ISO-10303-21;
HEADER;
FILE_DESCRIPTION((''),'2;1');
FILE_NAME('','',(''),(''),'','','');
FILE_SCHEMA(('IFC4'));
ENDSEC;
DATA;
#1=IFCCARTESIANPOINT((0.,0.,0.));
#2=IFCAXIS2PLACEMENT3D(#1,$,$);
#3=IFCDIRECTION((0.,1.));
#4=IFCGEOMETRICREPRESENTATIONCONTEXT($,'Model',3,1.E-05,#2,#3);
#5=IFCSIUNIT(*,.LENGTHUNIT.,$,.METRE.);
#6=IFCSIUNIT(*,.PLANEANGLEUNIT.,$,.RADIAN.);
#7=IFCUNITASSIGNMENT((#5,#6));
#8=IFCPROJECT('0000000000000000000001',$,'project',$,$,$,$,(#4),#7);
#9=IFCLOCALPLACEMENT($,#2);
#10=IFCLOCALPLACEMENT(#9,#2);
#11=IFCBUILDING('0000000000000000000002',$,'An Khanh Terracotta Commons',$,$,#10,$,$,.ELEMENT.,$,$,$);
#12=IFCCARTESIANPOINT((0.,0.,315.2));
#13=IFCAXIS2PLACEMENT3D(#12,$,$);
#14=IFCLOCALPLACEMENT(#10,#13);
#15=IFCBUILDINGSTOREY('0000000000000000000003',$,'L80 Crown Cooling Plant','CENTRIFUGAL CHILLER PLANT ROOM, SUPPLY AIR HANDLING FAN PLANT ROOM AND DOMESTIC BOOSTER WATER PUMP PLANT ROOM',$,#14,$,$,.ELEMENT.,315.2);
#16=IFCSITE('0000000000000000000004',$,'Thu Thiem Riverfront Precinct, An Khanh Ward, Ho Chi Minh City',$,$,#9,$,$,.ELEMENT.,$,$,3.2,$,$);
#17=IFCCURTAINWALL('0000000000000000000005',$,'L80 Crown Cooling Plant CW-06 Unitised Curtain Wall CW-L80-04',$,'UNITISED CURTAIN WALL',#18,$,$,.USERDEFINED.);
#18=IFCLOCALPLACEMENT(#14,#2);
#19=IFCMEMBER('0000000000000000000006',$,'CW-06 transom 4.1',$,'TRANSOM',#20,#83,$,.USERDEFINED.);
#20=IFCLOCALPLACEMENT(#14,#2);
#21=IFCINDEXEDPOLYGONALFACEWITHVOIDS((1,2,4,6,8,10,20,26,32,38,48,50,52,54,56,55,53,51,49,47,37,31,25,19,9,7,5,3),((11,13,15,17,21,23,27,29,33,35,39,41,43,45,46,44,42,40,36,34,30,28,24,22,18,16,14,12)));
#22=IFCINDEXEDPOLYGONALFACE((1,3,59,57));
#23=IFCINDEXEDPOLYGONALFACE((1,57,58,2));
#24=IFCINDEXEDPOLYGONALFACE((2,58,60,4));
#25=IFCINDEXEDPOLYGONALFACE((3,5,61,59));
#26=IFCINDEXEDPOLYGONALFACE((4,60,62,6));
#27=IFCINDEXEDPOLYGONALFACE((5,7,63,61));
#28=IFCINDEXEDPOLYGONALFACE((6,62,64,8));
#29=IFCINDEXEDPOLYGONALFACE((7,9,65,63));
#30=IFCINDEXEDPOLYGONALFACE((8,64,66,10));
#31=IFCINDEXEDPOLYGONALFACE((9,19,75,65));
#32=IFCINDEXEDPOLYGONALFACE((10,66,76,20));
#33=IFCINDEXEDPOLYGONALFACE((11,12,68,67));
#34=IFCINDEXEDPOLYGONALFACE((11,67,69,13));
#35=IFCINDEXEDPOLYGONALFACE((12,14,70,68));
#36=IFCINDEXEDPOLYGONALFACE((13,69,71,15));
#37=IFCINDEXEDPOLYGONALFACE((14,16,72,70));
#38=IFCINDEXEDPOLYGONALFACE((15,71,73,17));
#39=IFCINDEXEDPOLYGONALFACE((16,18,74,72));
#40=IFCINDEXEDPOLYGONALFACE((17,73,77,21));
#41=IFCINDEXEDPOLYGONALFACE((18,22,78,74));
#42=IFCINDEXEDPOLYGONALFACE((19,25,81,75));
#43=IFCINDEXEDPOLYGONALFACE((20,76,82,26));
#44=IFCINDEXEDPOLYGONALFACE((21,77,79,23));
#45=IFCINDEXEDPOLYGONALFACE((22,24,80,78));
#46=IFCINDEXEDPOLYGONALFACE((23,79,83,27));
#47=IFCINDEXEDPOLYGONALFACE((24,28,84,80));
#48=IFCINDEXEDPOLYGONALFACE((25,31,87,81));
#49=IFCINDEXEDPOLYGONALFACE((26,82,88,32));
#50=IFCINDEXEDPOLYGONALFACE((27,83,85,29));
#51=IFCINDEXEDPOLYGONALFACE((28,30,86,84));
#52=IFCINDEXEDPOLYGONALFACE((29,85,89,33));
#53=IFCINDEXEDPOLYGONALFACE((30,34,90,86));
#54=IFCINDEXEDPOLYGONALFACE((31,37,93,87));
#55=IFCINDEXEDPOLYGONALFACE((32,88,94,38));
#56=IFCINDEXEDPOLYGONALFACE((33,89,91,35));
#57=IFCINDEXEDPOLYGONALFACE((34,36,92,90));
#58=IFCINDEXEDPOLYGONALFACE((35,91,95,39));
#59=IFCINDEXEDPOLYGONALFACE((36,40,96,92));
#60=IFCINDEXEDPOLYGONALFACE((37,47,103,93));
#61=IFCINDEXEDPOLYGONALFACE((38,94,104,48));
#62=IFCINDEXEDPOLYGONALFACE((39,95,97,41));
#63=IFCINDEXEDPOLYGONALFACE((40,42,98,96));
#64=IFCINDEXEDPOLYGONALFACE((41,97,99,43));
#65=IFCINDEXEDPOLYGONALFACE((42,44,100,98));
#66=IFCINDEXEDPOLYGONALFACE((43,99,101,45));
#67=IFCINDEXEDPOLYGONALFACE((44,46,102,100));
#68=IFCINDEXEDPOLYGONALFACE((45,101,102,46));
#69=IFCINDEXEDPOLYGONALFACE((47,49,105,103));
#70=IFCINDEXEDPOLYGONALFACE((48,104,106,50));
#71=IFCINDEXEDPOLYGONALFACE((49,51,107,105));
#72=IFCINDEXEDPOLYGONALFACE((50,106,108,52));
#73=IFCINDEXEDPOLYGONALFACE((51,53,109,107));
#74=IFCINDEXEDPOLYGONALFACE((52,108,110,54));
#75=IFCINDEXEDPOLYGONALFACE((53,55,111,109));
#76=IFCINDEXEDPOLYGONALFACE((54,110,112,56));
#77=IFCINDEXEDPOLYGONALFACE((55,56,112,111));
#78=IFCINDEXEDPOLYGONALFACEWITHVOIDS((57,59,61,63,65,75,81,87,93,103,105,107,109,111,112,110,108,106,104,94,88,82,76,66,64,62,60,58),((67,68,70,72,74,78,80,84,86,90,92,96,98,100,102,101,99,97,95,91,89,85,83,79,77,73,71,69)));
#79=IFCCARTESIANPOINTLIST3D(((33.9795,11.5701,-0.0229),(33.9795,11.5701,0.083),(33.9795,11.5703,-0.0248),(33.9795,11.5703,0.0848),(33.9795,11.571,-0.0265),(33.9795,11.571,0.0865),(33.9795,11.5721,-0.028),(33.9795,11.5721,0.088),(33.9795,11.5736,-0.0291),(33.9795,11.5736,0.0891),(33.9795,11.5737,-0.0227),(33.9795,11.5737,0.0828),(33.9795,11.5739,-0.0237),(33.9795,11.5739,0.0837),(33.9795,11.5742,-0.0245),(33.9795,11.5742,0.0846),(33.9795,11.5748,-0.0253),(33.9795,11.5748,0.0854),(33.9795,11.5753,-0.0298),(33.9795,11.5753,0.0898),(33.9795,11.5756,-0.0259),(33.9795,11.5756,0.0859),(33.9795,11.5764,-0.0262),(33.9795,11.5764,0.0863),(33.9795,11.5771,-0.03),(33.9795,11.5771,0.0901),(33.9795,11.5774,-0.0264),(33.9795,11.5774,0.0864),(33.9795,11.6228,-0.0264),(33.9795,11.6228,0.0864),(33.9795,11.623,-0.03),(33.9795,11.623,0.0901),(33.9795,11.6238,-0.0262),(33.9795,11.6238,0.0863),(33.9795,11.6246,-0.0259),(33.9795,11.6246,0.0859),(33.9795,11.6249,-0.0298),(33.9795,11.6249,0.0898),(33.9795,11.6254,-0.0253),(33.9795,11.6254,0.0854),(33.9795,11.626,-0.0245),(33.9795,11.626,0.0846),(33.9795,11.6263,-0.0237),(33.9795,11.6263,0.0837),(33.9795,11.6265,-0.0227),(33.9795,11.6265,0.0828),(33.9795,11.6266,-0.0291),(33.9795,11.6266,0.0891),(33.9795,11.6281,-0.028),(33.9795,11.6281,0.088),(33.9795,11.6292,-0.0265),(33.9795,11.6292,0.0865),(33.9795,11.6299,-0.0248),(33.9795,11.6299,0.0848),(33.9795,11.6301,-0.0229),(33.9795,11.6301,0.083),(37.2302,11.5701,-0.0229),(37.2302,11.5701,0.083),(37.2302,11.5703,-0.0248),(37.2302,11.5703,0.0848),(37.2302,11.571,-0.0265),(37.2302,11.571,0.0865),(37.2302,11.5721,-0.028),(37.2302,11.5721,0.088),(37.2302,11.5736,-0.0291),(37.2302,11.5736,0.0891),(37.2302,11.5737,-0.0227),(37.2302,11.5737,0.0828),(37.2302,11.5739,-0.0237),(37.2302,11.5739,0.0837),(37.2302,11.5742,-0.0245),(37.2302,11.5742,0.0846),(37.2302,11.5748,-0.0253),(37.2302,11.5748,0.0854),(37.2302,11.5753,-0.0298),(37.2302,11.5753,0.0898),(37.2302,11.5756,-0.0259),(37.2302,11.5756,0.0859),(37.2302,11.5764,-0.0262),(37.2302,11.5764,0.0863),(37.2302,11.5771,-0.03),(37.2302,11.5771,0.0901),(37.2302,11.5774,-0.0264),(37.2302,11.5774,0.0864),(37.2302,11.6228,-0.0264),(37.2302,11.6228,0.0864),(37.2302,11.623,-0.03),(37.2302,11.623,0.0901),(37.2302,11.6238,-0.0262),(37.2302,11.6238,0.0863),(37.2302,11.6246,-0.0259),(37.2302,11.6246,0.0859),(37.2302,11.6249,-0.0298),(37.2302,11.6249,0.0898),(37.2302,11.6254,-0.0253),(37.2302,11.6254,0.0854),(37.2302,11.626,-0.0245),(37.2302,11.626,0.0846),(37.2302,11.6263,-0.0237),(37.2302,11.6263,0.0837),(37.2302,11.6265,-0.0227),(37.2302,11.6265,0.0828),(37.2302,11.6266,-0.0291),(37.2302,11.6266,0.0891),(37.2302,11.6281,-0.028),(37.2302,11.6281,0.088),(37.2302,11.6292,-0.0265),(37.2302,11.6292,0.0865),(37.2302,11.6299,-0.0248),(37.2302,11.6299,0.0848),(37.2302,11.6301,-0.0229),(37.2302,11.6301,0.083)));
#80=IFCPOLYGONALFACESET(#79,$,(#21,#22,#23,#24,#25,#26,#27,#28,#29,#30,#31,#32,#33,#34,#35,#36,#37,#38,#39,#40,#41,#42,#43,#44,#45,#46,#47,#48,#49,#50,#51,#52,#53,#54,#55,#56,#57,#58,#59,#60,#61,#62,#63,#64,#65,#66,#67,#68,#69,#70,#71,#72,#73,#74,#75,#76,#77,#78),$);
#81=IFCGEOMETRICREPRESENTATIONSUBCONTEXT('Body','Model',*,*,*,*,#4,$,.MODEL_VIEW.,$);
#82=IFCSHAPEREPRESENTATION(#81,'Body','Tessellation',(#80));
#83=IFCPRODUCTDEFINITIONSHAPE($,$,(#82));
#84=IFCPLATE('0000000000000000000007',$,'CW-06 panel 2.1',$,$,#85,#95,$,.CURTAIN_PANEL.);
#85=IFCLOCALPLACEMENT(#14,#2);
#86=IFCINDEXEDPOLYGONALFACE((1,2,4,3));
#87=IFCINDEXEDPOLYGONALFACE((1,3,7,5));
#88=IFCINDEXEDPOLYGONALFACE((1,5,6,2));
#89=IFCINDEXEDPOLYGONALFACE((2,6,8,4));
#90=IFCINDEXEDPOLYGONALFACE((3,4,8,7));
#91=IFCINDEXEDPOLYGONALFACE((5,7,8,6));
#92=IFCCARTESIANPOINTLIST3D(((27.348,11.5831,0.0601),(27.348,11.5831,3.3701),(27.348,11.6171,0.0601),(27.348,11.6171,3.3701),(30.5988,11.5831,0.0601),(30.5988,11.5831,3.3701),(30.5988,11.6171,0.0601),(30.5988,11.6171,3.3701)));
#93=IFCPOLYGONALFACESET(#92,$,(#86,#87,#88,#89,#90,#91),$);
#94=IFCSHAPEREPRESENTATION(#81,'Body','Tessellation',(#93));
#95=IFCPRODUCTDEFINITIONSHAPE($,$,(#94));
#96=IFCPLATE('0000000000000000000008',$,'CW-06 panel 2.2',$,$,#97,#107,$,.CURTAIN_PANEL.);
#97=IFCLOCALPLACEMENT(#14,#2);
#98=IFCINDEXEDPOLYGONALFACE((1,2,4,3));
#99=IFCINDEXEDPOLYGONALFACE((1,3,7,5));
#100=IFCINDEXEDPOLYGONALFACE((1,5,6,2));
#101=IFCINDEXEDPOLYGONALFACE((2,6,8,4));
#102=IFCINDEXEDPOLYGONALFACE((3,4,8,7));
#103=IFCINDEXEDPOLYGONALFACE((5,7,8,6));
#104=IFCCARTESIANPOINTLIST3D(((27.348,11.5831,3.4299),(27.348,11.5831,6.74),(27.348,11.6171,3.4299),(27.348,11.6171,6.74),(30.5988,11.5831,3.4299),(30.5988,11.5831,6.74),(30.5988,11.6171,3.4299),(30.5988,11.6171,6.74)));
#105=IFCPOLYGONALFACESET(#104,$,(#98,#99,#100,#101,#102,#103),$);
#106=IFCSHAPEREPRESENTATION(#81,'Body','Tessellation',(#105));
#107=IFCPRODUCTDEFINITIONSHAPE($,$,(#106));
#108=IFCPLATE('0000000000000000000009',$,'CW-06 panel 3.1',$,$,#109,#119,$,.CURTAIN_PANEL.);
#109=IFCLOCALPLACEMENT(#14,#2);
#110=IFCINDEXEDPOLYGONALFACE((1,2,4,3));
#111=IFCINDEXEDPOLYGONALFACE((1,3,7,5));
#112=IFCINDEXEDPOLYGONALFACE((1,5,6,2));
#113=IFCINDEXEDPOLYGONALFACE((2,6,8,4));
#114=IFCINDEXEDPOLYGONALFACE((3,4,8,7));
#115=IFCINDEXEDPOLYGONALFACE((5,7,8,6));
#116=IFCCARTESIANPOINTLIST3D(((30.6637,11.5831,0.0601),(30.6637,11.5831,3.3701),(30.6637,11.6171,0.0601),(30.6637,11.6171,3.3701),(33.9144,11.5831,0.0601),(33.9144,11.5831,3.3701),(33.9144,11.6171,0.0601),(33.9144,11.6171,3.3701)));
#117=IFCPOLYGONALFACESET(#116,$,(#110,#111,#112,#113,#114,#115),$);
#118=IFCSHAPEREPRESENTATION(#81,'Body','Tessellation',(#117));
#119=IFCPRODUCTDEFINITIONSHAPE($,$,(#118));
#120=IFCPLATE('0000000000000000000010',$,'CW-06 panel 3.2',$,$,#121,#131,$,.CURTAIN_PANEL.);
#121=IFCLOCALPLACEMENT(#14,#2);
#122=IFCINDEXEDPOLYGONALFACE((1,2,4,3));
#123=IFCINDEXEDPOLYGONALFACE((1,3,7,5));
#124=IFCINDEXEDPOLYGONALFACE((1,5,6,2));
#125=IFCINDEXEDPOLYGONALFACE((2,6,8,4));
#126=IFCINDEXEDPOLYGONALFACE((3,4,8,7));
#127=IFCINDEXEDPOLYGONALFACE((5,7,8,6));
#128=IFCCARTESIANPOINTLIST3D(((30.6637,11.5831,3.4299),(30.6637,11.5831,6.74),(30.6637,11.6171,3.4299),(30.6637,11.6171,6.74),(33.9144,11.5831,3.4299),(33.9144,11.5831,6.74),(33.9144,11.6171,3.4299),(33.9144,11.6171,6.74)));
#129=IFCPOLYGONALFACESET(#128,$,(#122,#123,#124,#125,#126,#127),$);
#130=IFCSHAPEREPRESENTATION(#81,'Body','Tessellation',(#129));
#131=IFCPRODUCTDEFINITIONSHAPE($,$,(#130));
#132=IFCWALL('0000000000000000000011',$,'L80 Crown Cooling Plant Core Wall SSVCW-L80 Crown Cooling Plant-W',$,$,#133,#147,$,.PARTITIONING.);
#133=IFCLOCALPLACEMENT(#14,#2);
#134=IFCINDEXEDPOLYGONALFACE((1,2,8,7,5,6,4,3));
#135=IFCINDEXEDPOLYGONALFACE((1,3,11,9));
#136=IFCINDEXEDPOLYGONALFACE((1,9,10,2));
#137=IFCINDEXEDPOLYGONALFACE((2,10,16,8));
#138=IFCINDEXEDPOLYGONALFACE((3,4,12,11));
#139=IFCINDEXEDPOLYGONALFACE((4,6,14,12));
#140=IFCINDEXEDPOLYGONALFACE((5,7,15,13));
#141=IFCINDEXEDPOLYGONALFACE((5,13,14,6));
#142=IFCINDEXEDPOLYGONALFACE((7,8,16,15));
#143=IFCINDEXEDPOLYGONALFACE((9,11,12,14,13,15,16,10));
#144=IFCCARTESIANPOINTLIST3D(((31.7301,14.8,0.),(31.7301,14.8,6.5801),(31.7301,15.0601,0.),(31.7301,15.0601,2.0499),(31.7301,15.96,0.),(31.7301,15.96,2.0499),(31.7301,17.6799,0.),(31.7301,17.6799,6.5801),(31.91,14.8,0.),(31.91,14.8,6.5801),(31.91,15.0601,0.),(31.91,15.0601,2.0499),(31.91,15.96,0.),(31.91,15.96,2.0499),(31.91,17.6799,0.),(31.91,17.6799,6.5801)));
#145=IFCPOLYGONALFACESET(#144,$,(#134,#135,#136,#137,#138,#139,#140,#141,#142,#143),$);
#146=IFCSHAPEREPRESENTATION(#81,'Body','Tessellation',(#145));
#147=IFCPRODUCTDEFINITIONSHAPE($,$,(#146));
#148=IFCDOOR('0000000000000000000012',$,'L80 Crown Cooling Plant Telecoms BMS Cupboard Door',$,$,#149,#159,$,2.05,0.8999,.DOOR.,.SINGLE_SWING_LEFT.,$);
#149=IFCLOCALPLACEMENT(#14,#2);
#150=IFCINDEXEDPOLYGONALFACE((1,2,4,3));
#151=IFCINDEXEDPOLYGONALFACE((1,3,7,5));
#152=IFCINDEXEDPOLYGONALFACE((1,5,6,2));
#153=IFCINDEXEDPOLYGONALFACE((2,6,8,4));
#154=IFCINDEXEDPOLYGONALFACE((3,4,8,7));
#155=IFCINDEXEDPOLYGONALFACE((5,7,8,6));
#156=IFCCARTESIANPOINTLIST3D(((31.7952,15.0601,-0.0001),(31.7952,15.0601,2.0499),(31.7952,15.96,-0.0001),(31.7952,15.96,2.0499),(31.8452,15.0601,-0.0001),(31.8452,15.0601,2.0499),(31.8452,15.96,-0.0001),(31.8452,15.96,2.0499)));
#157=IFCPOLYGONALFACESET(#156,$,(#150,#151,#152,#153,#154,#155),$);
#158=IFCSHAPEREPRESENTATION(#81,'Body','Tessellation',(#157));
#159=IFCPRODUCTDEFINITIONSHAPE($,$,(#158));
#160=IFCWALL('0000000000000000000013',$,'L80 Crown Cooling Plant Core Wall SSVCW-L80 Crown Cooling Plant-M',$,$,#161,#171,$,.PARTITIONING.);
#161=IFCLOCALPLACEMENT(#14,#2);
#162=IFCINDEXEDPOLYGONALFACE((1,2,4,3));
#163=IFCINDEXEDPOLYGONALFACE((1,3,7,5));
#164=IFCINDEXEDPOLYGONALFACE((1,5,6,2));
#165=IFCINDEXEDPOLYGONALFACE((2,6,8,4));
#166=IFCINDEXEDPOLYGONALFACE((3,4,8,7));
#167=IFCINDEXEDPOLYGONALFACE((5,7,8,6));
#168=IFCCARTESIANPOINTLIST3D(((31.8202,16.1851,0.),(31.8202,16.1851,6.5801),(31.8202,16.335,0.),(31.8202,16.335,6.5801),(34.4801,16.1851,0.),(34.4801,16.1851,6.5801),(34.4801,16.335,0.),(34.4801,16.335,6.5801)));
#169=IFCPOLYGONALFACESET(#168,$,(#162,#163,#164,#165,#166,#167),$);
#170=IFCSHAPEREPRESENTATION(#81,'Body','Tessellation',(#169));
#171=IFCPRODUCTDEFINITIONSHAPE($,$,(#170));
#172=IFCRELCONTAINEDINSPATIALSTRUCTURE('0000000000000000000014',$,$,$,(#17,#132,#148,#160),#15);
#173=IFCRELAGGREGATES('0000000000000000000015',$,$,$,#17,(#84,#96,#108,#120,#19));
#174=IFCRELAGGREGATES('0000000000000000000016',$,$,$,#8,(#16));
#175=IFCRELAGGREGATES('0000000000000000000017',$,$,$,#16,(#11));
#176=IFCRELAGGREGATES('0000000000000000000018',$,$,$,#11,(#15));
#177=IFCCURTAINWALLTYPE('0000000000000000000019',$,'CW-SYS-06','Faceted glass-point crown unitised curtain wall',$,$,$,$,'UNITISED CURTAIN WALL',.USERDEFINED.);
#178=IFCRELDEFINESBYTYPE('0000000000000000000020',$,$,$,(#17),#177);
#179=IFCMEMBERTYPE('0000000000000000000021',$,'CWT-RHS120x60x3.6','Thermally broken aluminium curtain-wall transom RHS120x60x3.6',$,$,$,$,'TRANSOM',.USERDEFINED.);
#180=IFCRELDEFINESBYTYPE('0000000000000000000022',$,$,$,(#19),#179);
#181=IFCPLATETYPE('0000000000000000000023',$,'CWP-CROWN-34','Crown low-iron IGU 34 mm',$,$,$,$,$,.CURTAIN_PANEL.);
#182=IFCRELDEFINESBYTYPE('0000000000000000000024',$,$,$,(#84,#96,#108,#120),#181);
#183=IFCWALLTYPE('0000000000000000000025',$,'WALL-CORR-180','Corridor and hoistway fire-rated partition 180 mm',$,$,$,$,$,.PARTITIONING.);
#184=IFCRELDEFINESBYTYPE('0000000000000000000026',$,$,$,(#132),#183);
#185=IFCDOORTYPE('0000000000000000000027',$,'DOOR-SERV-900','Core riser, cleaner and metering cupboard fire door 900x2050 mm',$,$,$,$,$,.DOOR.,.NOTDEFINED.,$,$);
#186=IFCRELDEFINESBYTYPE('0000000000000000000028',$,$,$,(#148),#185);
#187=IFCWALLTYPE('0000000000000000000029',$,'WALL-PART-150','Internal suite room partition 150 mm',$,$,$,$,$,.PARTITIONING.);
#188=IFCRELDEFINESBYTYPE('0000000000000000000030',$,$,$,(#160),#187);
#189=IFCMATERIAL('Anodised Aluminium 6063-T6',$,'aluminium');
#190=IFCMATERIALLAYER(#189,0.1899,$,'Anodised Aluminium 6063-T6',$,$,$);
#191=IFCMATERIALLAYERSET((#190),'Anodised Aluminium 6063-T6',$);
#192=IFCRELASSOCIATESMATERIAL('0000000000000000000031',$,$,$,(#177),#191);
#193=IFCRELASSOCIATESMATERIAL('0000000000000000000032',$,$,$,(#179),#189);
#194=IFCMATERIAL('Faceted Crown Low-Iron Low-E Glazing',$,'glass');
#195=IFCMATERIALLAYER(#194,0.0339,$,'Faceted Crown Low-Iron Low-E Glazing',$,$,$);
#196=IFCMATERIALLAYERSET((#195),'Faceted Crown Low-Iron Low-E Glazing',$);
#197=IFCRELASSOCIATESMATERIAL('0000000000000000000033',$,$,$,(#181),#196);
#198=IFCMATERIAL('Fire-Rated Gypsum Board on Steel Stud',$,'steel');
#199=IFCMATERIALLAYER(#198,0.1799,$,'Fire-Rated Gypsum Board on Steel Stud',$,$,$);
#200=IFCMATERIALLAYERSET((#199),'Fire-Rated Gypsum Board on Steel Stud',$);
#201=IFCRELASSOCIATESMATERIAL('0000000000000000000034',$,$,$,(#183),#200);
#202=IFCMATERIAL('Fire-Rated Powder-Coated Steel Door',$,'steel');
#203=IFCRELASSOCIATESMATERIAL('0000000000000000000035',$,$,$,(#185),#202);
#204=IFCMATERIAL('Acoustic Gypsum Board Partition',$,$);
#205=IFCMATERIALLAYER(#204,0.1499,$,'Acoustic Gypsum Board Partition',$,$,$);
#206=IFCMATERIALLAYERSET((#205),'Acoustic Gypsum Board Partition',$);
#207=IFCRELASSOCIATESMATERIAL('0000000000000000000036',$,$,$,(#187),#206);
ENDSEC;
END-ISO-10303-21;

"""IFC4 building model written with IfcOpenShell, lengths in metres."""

from ifc_helpers import new_model, si_unit, direction, frame, frame_2d, origin, origin_2d, place, context, subcontext, project, spatial, rectangle, hollow_rectangle, extrude, material, layer, layer_set, material_profile, profile_set, type_object, element, fill, aggregate, save


model = new_model("IFC4")

# Units and contexts
model_context = context("Model", 3, precision=1e-05, world=origin(), true_north=direction((0.0, 1.0)))
body_context = subcontext(model_context, "Body", "Model", "MODEL_VIEW")
ifc_project = project(units=[si_unit("LENGTHUNIT", "METRE"), si_unit("PLANEANGLEUNIT", "RADIAN")], contexts=[model_context])

# Site, building, storey
site_placement = place(None, origin())
site = spatial("IfcSite", under=ifc_project, at=site_placement, Name="Thu Thiem Riverfront Precinct, An Khanh Ward, Ho Chi Minh City", CompositionType="ELEMENT", RefElevation=3.2)
building_placement = place(site_placement, origin())
building = spatial("IfcBuilding", under=site, at=building_placement, Name="An Khanh Terracotta Commons", CompositionType="ELEMENT")
storey_placement = place(building_placement, frame((0.0, 0.0, 315.2)))
storey = spatial("IfcBuildingStorey", under=building, at=storey_placement, Name="L80 Crown Cooling Plant", Description="CENTRIFUGAL CHILLER PLANT ROOM, SUPPLY AIR HANDLING FAN PLANT ROOM AND DOMESTIC BOOSTER WATER PUMP PLANT ROOM", CompositionType="ELEMENT", Elevation=315.2)

# Curtain wall, member, plates
ifc_material_1 = material(Name="Anodised Aluminium 6063-T6", Category="aluminium")
ifc_layer_1 = layer(ifc_material_1, 0.1899, Name="Anodised Aluminium 6063-T6")
ifc_layer_set_1 = layer_set([ifc_layer_1], Name="Anodised Aluminium 6063-T6")
curtain_wall_type = type_object("IfcCurtainWallType", Name="CW-SYS-06", Description="Faceted glass-point crown unitised curtain wall", ElementType="UNITISED CURTAIN WALL", PredefinedType="USERDEFINED", material=ifc_layer_set_1)
curtain_wall_placement = place(storey_placement, origin())
curtain_wall = element("IfcCurtainWall", 1, at=curtain_wall_placement, inside=storey, type_object=curtain_wall_type, Name="L80 Crown Cooling Plant CW-06 Unitised Curtain Wall CW-L80-04", ObjectType="UNITISED CURTAIN WALL", PredefinedType="USERDEFINED")
ifc_material_profile_1 = material_profile(ifc_material_1, hollow_rectangle(XDim=0.0601, YDim=0.1201, WallThickness=0.0037, InnerFilletRadius=0.0037, OuterFilletRadius=0.0071, at=origin_2d()), Name="RHS120x60x3.6")
ifc_profile_set_1 = profile_set([ifc_material_profile_1], Name="Anodised Aluminium 6063-T6")
member_type_1 = type_object("IfcMemberType", Name="CWT-RHS120x60x3.6", Description="Thermally broken aluminium curtain-wall transom RHS120x60x3.6", ElementType="TRANSOM", PredefinedType="USERDEFINED", material=ifc_profile_set_1)
member_1_placement = place(storey_placement, frame((33.9795, 11.6001, 0.03), z_axis=(1.0, 0.0, 0.0), x_axis=(0.0, 1.0, 0.0)))
member_1 = element("IfcMember", 2, at=member_1_placement, type_object=member_type_1, Name="CW-06 transom 4.1", ObjectType="TRANSOM", PredefinedType="USERDEFINED", context=body_context, shape_type="SweptSolid", body=[
    extrude(hollow_rectangle(XDim=0.0601, YDim=0.1201, WallThickness=0.0037, InnerFilletRadius=0.0037, OuterFilletRadius=0.0071, at=origin_2d()), origin(), (0.0, 0.0, 1.0), 3.2507),
])
ifc_material_2 = material(Name="Faceted Crown Low-Iron Low-E Glazing", Category="glass")
ifc_layer_2 = layer(ifc_material_2, 0.0339, Name="Faceted Crown Low-Iron Low-E Glazing")
ifc_layer_set_2 = layer_set([ifc_layer_2], Name="Faceted Crown Low-Iron Low-E Glazing")
plate_type = type_object("IfcPlateType", Name="CWP-CROWN-34", Description="Crown low-iron IGU 34 mm", PredefinedType="CURTAIN_PANEL", material=ifc_layer_set_2)
plate_1_placement = place(storey_placement, frame((28.9734, 11.6001, 0.0601), z_axis=(0.0, 0.0, 1.0), x_axis=(1.0, 0.0, 0.0)))
plate_1 = element("IfcPlate", 3, at=plate_1_placement, type_object=plate_type, Name="CW-06 panel 2.1", PredefinedType="CURTAIN_PANEL", context=body_context, shape_type="SweptSolid", body=[
    extrude(rectangle(XDim=3.2507, YDim=0.0339, at=origin_2d()), origin(), (0.0, 0.0, 1.0), 3.3101),
])
plate_2_placement = place(storey_placement, frame((28.9734, 11.6001, 3.4299), z_axis=(0.0, 0.0, 1.0), x_axis=(1.0, 0.0, 0.0)))
plate_2 = element("IfcPlate", 4, at=plate_2_placement, type_object=plate_type, Name="CW-06 panel 2.2", PredefinedType="CURTAIN_PANEL", context=body_context, shape_type="SweptSolid", body=[
    extrude(rectangle(XDim=3.2507, YDim=0.0339, at=origin_2d()), origin(), (0.0, 0.0, 1.0), 3.3101),
])
plate_3_placement = place(storey_placement, frame((32.2891, 11.6001, 0.0601), z_axis=(0.0, 0.0, 1.0), x_axis=(1.0, 0.0, 0.0)))
plate_3 = element("IfcPlate", 5, at=plate_3_placement, type_object=plate_type, Name="CW-06 panel 3.1", PredefinedType="CURTAIN_PANEL", context=body_context, shape_type="SweptSolid", body=[
    extrude(rectangle(XDim=3.2507, YDim=0.0339, at=origin_2d()), origin(), (0.0, 0.0, 1.0), 3.3101),
])
plate_4_placement = place(storey_placement, frame((32.2891, 11.6001, 3.4299), z_axis=(0.0, 0.0, 1.0), x_axis=(1.0, 0.0, 0.0)))
plate_4 = element("IfcPlate", 6, at=plate_4_placement, type_object=plate_type, Name="CW-06 panel 3.2", PredefinedType="CURTAIN_PANEL", context=body_context, shape_type="SweptSolid", body=[
    extrude(rectangle(XDim=3.2507, YDim=0.0339, at=origin_2d()), origin(), (0.0, 0.0, 1.0), 3.3101),
])
aggregate(curtain_wall, [plate_1, plate_2, plate_3, plate_4, member_1])

# Wall, opening, door
ifc_material_3 = material(Name="Fire-Rated Gypsum Board on Steel Stud", Category="steel")
ifc_layer_3 = layer(ifc_material_3, 0.1799, Name="Fire-Rated Gypsum Board on Steel Stud")
ifc_layer_set_3 = layer_set([ifc_layer_3], Name="Fire-Rated Gypsum Board on Steel Stud")
wall_type_1 = type_object("IfcWallType", Name="WALL-CORR-180", Description="Corridor and hoistway fire-rated partition 180 mm", PredefinedType="PARTITIONING", material=ifc_layer_set_3)
wall_1_placement = place(storey_placement, frame((31.8201, 14.8, 0.0), z_axis=(0.0, 0.0, 1.0), x_axis=(0.0, 1.0, 0.0)))
wall_1 = element("IfcWall", 7, at=wall_1_placement, inside=storey, type_object=wall_type_1, Name="L80 Crown Cooling Plant Core Wall SSVCW-L80 Crown Cooling Plant-W", PredefinedType="PARTITIONING", context=body_context, shape_type="SweptSolid", body=[
    extrude(rectangle(XDim=2.8799, YDim=0.1799, at=frame_2d((1.4399, 0.0))), origin(), (0.0, 0.0, 1.0), 6.5801),
])
opening_1_placement = place(wall_1_placement, frame((0.26, 0.0, 0.0)))
opening_1 = element("IfcOpeningElement", 8, at=opening_1_placement, cuts=wall_1, PredefinedType="OPENING", context=body_context, shape_type="SweptSolid", body=[
    extrude(rectangle(XDim=0.8999, YDim=2.05, at=frame_2d((0.45, 1.0249))), frame((0.0, 0.0999, 0.0), z_axis=(0.0, -1.0, 0.0), x_axis=(1.0, 0.0, 0.0)), (0.0, 0.0, 1.0), 0.2),
])
ifc_material_4 = material(Name="Fire-Rated Powder-Coated Steel Door", Category="steel")
door_type_1 = type_object("IfcDoorType", Name="DOOR-SERV-900", Description="Core riser, cleaner and metering cupboard fire door 900x2050 mm", OperationType="NOTDEFINED", PredefinedType="DOOR", material=ifc_material_4)
door_1_placement = place(opening_1_placement, origin())
door_1 = element("IfcDoor", 9, at=door_1_placement, inside=storey, type_object=door_type_1, Name="L80 Crown Cooling Plant Telecoms BMS Cupboard Door", OperationType="SINGLE_SWING_LEFT", OverallHeight=2.05, OverallWidth=0.8999, PredefinedType="DOOR", context=body_context, shape_type="SweptSolid", body=[
    extrude(rectangle(XDim=0.8999, YDim=2.05, at=frame_2d((0.45, 1.0249))), frame((0.0, 0.0249, 0.0), z_axis=(0.0, -1.0, 0.0), x_axis=(1.0, 0.0, 0.0)), (0.0, 0.0, 1.0), 0.05),
])
fill(opening_1, door_1)

# Wall
ifc_material_5 = material(Name="Acoustic Gypsum Board Partition")
ifc_layer_4 = layer(ifc_material_5, 0.1499, Name="Acoustic Gypsum Board Partition")
ifc_layer_set_4 = layer_set([ifc_layer_4], Name="Acoustic Gypsum Board Partition")
wall_type_2 = type_object("IfcWallType", Name="WALL-PART-150", Description="Internal suite room partition 150 mm", PredefinedType="PARTITIONING", material=ifc_layer_set_4)
wall_2_placement = place(storey_placement, frame((31.8201, 16.26, 0.0), z_axis=(0.0, 0.0, 1.0), x_axis=(1.0, 0.0, 0.0)))
element("IfcWall", 10, at=wall_2_placement, inside=storey, type_object=wall_type_2, Name="L80 Crown Cooling Plant Core Wall SSVCW-L80 Crown Cooling Plant-M", PredefinedType="PARTITIONING", context=body_context, shape_type="SweptSolid", body=[
    extrude(rectangle(XDim=2.6599, YDim=0.1499, at=frame_2d((1.3301, 0.0))), origin(), (0.0, 0.0, 1.0), 6.5801),
])

save(model, "model.ifc")
